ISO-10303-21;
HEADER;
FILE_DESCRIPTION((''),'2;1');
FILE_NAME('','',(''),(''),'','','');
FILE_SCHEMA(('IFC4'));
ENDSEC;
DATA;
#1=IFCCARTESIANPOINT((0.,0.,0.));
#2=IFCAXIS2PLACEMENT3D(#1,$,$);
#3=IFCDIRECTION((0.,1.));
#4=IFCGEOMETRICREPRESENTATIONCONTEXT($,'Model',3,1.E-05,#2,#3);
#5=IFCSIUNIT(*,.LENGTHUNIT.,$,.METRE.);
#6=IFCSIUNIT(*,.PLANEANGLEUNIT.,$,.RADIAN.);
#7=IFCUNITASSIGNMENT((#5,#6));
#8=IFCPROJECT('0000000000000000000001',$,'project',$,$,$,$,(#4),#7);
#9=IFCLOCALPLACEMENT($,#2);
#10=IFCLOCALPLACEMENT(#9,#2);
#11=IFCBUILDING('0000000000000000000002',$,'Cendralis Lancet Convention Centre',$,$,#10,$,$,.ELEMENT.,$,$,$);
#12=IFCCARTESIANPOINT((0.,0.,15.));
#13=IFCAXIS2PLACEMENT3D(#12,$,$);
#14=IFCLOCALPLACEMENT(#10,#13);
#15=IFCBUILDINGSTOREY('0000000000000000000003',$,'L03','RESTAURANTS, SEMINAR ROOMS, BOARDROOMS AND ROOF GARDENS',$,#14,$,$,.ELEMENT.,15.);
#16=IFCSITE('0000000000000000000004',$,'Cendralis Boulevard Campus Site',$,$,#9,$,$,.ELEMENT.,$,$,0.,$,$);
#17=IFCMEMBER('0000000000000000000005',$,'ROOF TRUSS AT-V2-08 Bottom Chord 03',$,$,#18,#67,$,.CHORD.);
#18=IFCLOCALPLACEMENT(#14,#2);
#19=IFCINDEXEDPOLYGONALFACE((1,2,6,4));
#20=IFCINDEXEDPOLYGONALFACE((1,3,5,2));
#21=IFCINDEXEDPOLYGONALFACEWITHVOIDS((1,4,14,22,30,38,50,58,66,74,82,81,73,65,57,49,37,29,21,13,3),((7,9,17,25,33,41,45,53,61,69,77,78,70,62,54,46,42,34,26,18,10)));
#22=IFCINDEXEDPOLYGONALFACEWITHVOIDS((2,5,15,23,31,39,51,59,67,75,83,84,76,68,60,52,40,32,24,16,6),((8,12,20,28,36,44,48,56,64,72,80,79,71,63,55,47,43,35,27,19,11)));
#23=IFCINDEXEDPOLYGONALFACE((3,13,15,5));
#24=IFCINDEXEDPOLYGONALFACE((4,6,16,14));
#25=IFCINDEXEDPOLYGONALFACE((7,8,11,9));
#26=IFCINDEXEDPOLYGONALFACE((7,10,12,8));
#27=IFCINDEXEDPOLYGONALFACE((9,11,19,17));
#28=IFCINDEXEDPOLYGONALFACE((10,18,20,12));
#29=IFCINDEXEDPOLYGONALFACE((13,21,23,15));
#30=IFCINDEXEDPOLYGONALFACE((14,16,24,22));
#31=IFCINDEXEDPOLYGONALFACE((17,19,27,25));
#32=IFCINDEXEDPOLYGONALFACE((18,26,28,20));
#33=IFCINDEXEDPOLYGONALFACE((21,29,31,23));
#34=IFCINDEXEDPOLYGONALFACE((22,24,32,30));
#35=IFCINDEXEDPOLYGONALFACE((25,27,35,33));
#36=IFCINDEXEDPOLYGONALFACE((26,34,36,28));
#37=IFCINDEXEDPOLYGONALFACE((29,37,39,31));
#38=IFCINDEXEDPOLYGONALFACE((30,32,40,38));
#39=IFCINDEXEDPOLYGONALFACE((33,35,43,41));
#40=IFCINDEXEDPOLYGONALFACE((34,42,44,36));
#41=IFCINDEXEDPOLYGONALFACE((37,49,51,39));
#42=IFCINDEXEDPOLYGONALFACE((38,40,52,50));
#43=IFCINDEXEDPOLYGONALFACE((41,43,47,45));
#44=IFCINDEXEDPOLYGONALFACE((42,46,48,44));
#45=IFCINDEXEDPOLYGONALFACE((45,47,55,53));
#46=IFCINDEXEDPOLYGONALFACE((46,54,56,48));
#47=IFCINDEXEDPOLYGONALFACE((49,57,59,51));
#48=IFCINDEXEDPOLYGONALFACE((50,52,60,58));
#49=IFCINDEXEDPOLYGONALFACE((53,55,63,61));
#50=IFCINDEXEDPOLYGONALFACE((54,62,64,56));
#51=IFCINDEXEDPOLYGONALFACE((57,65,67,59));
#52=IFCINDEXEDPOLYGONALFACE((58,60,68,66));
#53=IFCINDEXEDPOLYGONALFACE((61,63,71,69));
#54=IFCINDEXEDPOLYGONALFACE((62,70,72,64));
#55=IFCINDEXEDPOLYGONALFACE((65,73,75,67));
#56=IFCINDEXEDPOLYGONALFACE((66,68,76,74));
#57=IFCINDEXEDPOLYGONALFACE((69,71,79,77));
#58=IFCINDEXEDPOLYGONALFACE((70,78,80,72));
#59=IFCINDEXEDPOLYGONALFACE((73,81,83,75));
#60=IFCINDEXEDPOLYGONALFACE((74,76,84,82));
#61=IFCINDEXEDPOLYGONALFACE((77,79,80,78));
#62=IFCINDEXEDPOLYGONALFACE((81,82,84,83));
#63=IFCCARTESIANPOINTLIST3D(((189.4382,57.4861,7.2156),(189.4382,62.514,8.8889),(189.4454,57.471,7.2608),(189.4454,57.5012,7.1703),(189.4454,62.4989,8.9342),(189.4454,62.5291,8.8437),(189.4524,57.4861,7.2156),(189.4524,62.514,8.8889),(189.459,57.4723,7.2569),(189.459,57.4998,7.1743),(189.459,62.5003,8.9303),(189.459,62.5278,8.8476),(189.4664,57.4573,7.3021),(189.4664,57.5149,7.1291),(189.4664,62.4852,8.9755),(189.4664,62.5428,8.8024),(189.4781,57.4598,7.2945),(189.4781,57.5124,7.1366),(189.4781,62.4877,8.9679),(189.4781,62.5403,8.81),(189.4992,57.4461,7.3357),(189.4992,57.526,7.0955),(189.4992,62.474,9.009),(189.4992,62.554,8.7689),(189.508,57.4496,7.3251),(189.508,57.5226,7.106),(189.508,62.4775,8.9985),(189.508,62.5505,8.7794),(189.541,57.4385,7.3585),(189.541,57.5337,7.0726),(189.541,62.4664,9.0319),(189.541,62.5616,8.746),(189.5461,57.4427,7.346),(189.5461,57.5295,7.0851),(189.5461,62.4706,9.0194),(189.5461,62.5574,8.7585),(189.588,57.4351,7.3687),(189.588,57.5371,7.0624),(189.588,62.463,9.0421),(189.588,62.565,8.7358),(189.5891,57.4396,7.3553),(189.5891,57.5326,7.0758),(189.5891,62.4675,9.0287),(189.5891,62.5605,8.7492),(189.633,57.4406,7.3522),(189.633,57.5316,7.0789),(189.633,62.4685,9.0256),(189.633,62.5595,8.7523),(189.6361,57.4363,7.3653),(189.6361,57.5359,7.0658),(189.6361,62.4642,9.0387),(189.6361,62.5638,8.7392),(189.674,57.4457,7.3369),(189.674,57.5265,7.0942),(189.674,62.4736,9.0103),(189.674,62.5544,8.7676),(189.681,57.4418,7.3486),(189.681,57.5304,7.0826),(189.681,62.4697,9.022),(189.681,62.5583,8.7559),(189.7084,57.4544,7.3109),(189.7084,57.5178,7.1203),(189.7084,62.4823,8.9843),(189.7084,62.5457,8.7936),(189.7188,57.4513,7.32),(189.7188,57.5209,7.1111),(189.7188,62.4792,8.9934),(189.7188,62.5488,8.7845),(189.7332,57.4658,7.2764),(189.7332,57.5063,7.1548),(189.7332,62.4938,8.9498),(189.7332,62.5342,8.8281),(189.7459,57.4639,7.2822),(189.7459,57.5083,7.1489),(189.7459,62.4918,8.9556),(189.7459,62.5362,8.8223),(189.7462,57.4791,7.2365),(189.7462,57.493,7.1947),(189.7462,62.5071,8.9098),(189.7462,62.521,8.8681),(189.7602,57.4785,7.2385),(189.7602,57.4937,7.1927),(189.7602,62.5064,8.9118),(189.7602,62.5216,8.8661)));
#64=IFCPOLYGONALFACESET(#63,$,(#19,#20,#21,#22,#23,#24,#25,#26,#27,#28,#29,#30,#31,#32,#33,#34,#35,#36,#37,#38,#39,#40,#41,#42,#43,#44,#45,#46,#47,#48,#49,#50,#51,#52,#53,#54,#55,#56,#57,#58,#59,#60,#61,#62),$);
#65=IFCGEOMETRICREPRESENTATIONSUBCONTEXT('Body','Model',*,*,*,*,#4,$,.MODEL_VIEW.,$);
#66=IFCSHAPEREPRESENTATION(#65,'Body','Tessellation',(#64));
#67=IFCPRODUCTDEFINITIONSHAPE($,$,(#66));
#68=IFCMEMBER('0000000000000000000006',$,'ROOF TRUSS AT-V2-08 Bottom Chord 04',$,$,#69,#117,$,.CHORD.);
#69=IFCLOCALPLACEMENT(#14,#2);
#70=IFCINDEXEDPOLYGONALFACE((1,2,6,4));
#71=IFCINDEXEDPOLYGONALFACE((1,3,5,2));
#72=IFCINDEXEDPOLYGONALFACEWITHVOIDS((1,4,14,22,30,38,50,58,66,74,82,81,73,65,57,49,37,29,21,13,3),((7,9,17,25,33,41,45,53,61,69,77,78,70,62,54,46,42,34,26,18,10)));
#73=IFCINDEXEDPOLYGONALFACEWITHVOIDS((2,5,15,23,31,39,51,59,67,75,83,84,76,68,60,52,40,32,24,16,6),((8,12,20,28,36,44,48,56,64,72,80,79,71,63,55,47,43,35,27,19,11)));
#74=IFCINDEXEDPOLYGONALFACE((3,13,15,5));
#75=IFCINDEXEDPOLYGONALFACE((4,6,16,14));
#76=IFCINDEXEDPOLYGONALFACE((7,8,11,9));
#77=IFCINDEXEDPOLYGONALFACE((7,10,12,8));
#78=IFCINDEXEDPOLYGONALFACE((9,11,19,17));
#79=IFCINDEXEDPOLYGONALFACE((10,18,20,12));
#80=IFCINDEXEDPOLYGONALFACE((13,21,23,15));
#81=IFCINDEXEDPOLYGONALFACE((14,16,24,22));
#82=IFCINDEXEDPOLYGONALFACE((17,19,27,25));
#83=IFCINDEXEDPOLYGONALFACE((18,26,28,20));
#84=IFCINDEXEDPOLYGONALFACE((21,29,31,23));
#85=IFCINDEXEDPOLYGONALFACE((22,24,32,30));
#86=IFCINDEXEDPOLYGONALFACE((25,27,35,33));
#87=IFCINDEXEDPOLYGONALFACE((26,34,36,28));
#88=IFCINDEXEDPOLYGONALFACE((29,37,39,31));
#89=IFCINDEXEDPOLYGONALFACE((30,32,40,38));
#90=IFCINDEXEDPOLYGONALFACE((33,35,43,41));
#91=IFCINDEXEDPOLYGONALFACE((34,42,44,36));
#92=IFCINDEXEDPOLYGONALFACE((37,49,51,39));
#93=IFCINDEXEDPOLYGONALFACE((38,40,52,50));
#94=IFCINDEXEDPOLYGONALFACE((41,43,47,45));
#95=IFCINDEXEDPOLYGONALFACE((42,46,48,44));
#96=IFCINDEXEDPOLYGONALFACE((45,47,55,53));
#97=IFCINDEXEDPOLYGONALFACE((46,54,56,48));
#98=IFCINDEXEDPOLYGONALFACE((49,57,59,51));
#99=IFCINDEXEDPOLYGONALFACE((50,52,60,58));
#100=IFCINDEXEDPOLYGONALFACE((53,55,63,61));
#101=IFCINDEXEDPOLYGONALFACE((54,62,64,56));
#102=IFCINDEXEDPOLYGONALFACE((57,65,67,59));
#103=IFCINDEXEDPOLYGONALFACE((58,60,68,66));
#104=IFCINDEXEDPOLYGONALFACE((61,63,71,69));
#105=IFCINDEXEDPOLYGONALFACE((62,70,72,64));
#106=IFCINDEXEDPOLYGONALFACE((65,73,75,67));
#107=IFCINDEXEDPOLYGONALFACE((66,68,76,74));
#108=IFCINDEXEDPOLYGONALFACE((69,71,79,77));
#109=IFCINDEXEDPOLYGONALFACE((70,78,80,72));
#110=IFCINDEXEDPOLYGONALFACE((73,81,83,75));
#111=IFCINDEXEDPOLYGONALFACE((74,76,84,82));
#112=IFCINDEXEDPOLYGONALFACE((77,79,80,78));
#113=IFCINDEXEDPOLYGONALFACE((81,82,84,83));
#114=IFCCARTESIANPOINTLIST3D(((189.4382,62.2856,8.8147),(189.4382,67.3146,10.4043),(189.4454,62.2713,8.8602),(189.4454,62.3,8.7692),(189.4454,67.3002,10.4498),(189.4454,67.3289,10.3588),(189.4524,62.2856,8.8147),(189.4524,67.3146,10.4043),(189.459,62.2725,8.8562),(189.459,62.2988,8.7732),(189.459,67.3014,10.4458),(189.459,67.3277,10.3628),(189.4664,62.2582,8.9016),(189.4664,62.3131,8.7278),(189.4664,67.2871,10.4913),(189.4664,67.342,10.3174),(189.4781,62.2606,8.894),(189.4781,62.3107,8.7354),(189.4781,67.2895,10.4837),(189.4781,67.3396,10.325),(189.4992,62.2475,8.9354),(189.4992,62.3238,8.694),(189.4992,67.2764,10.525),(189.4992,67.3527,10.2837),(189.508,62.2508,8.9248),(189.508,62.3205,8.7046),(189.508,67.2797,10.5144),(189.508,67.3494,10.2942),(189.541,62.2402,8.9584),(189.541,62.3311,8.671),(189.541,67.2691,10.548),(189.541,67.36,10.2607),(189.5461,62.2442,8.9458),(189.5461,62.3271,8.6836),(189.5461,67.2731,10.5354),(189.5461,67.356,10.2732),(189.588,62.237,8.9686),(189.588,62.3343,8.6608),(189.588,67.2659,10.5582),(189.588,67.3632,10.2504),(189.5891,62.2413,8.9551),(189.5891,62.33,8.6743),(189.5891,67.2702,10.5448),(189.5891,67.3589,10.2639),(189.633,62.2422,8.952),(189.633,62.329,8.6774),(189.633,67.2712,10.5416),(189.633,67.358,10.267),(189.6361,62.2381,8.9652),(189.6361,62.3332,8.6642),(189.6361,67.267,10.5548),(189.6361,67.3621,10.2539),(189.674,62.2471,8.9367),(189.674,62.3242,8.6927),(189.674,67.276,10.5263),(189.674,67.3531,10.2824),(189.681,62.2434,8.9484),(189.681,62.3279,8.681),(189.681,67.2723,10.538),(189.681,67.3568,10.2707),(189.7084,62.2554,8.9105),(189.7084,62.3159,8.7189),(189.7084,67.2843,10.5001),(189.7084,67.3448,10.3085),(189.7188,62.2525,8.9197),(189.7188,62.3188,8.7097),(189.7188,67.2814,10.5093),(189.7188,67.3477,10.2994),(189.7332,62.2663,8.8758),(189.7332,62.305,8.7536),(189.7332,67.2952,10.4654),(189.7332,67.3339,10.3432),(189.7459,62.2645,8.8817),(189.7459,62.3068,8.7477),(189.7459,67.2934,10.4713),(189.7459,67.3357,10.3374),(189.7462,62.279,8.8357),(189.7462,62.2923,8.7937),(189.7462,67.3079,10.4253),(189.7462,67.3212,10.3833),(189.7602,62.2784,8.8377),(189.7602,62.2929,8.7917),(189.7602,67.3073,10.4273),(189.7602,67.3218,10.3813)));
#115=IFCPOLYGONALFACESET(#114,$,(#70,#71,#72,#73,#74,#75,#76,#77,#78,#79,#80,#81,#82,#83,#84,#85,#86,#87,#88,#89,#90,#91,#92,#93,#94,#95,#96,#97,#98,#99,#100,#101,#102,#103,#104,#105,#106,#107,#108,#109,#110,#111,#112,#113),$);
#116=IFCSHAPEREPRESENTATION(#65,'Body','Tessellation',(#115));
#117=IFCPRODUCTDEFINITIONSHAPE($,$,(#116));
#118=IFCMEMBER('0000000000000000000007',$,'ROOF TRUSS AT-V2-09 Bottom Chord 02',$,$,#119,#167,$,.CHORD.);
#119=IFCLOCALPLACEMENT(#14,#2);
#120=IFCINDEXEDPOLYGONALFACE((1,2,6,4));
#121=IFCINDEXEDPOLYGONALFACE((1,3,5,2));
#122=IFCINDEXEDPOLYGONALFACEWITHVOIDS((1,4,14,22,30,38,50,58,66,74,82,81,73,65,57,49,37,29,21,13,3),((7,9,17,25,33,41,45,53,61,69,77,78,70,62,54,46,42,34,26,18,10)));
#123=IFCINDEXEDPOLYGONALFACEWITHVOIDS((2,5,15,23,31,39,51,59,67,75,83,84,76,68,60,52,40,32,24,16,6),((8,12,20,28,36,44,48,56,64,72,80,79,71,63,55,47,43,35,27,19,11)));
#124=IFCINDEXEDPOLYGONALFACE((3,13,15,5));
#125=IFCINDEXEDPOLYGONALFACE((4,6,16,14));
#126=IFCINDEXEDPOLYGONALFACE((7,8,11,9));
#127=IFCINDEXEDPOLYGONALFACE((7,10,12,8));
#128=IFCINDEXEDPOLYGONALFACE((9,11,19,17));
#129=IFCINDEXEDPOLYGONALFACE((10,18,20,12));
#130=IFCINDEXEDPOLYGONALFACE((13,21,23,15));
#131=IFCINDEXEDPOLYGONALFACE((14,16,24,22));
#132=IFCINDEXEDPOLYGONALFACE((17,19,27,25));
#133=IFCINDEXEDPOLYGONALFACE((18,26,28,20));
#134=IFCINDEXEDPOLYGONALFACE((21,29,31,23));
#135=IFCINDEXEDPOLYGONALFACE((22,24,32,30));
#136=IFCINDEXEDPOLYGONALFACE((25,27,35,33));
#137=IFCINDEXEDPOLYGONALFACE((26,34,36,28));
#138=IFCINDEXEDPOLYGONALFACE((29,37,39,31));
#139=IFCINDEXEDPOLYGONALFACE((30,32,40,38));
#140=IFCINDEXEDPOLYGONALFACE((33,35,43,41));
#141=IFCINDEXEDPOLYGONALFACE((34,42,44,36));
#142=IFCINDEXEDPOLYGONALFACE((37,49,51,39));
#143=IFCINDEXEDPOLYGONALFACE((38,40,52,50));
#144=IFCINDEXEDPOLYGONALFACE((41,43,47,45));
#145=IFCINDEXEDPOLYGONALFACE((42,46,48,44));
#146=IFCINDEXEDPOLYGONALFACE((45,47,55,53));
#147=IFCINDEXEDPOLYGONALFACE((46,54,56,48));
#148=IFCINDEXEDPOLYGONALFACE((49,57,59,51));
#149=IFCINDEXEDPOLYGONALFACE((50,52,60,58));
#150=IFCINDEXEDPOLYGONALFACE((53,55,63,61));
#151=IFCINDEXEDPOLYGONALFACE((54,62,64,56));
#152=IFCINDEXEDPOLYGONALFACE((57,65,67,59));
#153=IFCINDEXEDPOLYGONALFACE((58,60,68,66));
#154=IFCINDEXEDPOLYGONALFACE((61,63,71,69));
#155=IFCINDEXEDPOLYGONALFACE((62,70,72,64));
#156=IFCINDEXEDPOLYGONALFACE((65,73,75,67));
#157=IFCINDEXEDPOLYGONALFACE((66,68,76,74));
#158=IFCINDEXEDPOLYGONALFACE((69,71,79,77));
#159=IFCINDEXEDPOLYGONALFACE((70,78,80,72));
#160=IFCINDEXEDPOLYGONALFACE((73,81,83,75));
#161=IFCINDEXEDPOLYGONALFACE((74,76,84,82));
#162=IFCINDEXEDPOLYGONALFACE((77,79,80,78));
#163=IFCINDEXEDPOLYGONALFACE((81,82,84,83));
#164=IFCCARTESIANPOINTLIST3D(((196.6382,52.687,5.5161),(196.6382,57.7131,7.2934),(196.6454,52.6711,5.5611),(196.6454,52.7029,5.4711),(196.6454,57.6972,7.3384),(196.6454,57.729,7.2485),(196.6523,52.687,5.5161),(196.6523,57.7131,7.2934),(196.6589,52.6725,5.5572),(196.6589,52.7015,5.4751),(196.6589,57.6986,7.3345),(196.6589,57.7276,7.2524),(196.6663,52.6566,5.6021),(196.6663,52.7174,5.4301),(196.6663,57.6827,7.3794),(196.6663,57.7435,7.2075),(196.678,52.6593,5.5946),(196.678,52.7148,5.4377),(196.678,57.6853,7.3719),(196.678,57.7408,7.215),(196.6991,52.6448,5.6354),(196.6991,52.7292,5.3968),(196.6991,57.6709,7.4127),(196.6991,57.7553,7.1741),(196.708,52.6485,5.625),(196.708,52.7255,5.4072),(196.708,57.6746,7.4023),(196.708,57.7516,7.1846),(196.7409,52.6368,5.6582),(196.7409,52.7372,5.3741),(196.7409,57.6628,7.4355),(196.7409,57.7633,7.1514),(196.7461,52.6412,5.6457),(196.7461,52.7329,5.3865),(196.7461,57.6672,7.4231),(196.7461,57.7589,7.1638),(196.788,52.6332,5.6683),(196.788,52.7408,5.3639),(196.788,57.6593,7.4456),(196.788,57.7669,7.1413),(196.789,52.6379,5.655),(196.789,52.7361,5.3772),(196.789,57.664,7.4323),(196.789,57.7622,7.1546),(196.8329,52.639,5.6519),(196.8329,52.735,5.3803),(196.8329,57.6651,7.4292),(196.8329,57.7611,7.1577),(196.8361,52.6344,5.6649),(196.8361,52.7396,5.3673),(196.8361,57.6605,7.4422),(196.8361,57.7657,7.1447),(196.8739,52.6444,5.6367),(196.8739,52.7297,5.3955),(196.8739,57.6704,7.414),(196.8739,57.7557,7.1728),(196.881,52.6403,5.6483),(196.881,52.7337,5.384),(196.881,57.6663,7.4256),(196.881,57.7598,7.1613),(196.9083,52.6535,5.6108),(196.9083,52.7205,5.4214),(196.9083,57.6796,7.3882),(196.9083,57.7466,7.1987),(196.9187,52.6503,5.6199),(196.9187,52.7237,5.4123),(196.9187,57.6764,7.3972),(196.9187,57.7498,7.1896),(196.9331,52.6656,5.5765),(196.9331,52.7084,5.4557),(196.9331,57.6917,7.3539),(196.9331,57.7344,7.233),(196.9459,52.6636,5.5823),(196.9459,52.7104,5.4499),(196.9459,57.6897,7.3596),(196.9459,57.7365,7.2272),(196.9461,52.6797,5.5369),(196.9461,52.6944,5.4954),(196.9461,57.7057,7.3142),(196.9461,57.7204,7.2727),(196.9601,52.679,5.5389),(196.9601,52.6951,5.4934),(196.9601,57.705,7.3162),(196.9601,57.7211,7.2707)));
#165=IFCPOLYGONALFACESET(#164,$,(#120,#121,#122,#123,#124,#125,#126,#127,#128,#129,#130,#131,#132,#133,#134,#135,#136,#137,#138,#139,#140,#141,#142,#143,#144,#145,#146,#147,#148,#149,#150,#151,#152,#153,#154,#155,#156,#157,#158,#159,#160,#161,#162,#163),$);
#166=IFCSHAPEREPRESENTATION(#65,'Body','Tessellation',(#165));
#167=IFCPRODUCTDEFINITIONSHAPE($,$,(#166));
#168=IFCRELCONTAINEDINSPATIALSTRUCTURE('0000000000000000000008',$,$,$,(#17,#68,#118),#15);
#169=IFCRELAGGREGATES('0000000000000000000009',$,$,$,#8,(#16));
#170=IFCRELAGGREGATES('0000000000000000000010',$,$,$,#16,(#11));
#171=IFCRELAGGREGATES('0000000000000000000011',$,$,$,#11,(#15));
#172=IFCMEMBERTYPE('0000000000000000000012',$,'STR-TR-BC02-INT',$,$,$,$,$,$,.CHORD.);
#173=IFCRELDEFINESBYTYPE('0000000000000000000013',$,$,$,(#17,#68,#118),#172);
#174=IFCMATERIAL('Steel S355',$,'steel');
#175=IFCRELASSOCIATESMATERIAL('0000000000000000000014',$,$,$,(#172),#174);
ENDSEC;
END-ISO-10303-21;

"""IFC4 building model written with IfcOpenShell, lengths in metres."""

from ifc_helpers import new_model, si_unit, direction, frame, origin, origin_2d, place, context, subcontext, project, spatial, hollow_circle, extrude, material, material_profile, profile_set, type_object, element, save


model = new_model("IFC4")

# Units and contexts
model_context = context("Model", 3, precision=1e-05, world=origin(), true_north=direction((0.0, 1.0)))
body_context = subcontext(model_context, "Body", "Model", "MODEL_VIEW")
ifc_project = project(units=[si_unit("LENGTHUNIT", "METRE"), si_unit("PLANEANGLEUNIT", "RADIAN")], contexts=[model_context])

# Site, building, storey
site_placement = place(None, origin())
site = spatial("IfcSite", under=ifc_project, at=site_placement, Name="Cendralis Boulevard Campus Site", CompositionType="ELEMENT", RefElevation=0.0)
building_placement = place(site_placement, origin())
building = spatial("IfcBuilding", under=site, at=building_placement, Name="Cendralis Lancet Convention Centre", CompositionType="ELEMENT")
storey_placement = place(building_placement, frame((0.0, 0.0, 15.0)))
storey = spatial("IfcBuildingStorey", under=building, at=storey_placement, Name="L03", Description="RESTAURANTS, SEMINAR ROOMS, BOARDROOMS AND ROOF GARDENS", CompositionType="ELEMENT", Elevation=15.0)

# Members
ifc_material = material(Name="Steel S355", Category="steel")
ifc_material_profile_1 = material_profile(ifc_material, hollow_circle(Radius=0.1619, WallThickness=0.0142, at=origin_2d()), Name="CHS 323.9x14.2")
ifc_profile_set_1 = profile_set([ifc_material_profile_1], Name="Steel S355")
member_type_1 = type_object("IfcMemberType", Name="STR-TR-BC02-INT", PredefinedType="CHORD", material=ifc_profile_set_1)
member_1_placement = place(storey_placement, frame((189.6001, 57.4861, 7.2156), z_axis=(0.0, 0.948831, 0.315785), x_axis=(-1.0, 0.0, 0.0)))
element("IfcMember", 1, at=member_1_placement, inside=storey, type_object=member_type_1, Name="ROOF TRUSS AT-V2-08 Bottom Chord 03", PredefinedType="CHORD", context=body_context, shape_type="SweptSolid", body=[
    extrude(hollow_circle(Radius=0.1619, WallThickness=0.0142, at=origin_2d()), origin(), (0.0, 0.0, 1.0), 5.2991),
])
member_2_placement = place(storey_placement, frame((189.6001, 62.2856, 8.8147), z_axis=(0.0, 0.953498, 0.301399), x_axis=(-1.0, 0.0, 0.0)))
element("IfcMember", 2, at=member_2_placement, inside=storey, type_object=member_type_1, Name="ROOF TRUSS AT-V2-08 Bottom Chord 04", PredefinedType="CHORD", context=body_context, shape_type="SweptSolid", body=[
    extrude(hollow_circle(Radius=0.1619, WallThickness=0.0142, at=origin_2d()), origin(), (0.0, 0.0, 1.0), 5.2742),
])
member_3_placement = place(storey_placement, frame((196.8, 52.687, 5.5161), z_axis=(0.0, 0.942789, 0.33339), x_axis=(-1.0, 0.0, 0.0)))
element("IfcMember", 3, at=member_3_placement, inside=storey, type_object=member_type_1, Name="ROOF TRUSS AT-V2-09 Bottom Chord 02", PredefinedType="CHORD", context=body_context, shape_type="SweptSolid", body=[
    extrude(hollow_circle(Radius=0.1619, WallThickness=0.0142, at=origin_2d()), origin(), (0.0, 0.0, 1.0), 5.3311),
])

save(model, "model.ifc")
